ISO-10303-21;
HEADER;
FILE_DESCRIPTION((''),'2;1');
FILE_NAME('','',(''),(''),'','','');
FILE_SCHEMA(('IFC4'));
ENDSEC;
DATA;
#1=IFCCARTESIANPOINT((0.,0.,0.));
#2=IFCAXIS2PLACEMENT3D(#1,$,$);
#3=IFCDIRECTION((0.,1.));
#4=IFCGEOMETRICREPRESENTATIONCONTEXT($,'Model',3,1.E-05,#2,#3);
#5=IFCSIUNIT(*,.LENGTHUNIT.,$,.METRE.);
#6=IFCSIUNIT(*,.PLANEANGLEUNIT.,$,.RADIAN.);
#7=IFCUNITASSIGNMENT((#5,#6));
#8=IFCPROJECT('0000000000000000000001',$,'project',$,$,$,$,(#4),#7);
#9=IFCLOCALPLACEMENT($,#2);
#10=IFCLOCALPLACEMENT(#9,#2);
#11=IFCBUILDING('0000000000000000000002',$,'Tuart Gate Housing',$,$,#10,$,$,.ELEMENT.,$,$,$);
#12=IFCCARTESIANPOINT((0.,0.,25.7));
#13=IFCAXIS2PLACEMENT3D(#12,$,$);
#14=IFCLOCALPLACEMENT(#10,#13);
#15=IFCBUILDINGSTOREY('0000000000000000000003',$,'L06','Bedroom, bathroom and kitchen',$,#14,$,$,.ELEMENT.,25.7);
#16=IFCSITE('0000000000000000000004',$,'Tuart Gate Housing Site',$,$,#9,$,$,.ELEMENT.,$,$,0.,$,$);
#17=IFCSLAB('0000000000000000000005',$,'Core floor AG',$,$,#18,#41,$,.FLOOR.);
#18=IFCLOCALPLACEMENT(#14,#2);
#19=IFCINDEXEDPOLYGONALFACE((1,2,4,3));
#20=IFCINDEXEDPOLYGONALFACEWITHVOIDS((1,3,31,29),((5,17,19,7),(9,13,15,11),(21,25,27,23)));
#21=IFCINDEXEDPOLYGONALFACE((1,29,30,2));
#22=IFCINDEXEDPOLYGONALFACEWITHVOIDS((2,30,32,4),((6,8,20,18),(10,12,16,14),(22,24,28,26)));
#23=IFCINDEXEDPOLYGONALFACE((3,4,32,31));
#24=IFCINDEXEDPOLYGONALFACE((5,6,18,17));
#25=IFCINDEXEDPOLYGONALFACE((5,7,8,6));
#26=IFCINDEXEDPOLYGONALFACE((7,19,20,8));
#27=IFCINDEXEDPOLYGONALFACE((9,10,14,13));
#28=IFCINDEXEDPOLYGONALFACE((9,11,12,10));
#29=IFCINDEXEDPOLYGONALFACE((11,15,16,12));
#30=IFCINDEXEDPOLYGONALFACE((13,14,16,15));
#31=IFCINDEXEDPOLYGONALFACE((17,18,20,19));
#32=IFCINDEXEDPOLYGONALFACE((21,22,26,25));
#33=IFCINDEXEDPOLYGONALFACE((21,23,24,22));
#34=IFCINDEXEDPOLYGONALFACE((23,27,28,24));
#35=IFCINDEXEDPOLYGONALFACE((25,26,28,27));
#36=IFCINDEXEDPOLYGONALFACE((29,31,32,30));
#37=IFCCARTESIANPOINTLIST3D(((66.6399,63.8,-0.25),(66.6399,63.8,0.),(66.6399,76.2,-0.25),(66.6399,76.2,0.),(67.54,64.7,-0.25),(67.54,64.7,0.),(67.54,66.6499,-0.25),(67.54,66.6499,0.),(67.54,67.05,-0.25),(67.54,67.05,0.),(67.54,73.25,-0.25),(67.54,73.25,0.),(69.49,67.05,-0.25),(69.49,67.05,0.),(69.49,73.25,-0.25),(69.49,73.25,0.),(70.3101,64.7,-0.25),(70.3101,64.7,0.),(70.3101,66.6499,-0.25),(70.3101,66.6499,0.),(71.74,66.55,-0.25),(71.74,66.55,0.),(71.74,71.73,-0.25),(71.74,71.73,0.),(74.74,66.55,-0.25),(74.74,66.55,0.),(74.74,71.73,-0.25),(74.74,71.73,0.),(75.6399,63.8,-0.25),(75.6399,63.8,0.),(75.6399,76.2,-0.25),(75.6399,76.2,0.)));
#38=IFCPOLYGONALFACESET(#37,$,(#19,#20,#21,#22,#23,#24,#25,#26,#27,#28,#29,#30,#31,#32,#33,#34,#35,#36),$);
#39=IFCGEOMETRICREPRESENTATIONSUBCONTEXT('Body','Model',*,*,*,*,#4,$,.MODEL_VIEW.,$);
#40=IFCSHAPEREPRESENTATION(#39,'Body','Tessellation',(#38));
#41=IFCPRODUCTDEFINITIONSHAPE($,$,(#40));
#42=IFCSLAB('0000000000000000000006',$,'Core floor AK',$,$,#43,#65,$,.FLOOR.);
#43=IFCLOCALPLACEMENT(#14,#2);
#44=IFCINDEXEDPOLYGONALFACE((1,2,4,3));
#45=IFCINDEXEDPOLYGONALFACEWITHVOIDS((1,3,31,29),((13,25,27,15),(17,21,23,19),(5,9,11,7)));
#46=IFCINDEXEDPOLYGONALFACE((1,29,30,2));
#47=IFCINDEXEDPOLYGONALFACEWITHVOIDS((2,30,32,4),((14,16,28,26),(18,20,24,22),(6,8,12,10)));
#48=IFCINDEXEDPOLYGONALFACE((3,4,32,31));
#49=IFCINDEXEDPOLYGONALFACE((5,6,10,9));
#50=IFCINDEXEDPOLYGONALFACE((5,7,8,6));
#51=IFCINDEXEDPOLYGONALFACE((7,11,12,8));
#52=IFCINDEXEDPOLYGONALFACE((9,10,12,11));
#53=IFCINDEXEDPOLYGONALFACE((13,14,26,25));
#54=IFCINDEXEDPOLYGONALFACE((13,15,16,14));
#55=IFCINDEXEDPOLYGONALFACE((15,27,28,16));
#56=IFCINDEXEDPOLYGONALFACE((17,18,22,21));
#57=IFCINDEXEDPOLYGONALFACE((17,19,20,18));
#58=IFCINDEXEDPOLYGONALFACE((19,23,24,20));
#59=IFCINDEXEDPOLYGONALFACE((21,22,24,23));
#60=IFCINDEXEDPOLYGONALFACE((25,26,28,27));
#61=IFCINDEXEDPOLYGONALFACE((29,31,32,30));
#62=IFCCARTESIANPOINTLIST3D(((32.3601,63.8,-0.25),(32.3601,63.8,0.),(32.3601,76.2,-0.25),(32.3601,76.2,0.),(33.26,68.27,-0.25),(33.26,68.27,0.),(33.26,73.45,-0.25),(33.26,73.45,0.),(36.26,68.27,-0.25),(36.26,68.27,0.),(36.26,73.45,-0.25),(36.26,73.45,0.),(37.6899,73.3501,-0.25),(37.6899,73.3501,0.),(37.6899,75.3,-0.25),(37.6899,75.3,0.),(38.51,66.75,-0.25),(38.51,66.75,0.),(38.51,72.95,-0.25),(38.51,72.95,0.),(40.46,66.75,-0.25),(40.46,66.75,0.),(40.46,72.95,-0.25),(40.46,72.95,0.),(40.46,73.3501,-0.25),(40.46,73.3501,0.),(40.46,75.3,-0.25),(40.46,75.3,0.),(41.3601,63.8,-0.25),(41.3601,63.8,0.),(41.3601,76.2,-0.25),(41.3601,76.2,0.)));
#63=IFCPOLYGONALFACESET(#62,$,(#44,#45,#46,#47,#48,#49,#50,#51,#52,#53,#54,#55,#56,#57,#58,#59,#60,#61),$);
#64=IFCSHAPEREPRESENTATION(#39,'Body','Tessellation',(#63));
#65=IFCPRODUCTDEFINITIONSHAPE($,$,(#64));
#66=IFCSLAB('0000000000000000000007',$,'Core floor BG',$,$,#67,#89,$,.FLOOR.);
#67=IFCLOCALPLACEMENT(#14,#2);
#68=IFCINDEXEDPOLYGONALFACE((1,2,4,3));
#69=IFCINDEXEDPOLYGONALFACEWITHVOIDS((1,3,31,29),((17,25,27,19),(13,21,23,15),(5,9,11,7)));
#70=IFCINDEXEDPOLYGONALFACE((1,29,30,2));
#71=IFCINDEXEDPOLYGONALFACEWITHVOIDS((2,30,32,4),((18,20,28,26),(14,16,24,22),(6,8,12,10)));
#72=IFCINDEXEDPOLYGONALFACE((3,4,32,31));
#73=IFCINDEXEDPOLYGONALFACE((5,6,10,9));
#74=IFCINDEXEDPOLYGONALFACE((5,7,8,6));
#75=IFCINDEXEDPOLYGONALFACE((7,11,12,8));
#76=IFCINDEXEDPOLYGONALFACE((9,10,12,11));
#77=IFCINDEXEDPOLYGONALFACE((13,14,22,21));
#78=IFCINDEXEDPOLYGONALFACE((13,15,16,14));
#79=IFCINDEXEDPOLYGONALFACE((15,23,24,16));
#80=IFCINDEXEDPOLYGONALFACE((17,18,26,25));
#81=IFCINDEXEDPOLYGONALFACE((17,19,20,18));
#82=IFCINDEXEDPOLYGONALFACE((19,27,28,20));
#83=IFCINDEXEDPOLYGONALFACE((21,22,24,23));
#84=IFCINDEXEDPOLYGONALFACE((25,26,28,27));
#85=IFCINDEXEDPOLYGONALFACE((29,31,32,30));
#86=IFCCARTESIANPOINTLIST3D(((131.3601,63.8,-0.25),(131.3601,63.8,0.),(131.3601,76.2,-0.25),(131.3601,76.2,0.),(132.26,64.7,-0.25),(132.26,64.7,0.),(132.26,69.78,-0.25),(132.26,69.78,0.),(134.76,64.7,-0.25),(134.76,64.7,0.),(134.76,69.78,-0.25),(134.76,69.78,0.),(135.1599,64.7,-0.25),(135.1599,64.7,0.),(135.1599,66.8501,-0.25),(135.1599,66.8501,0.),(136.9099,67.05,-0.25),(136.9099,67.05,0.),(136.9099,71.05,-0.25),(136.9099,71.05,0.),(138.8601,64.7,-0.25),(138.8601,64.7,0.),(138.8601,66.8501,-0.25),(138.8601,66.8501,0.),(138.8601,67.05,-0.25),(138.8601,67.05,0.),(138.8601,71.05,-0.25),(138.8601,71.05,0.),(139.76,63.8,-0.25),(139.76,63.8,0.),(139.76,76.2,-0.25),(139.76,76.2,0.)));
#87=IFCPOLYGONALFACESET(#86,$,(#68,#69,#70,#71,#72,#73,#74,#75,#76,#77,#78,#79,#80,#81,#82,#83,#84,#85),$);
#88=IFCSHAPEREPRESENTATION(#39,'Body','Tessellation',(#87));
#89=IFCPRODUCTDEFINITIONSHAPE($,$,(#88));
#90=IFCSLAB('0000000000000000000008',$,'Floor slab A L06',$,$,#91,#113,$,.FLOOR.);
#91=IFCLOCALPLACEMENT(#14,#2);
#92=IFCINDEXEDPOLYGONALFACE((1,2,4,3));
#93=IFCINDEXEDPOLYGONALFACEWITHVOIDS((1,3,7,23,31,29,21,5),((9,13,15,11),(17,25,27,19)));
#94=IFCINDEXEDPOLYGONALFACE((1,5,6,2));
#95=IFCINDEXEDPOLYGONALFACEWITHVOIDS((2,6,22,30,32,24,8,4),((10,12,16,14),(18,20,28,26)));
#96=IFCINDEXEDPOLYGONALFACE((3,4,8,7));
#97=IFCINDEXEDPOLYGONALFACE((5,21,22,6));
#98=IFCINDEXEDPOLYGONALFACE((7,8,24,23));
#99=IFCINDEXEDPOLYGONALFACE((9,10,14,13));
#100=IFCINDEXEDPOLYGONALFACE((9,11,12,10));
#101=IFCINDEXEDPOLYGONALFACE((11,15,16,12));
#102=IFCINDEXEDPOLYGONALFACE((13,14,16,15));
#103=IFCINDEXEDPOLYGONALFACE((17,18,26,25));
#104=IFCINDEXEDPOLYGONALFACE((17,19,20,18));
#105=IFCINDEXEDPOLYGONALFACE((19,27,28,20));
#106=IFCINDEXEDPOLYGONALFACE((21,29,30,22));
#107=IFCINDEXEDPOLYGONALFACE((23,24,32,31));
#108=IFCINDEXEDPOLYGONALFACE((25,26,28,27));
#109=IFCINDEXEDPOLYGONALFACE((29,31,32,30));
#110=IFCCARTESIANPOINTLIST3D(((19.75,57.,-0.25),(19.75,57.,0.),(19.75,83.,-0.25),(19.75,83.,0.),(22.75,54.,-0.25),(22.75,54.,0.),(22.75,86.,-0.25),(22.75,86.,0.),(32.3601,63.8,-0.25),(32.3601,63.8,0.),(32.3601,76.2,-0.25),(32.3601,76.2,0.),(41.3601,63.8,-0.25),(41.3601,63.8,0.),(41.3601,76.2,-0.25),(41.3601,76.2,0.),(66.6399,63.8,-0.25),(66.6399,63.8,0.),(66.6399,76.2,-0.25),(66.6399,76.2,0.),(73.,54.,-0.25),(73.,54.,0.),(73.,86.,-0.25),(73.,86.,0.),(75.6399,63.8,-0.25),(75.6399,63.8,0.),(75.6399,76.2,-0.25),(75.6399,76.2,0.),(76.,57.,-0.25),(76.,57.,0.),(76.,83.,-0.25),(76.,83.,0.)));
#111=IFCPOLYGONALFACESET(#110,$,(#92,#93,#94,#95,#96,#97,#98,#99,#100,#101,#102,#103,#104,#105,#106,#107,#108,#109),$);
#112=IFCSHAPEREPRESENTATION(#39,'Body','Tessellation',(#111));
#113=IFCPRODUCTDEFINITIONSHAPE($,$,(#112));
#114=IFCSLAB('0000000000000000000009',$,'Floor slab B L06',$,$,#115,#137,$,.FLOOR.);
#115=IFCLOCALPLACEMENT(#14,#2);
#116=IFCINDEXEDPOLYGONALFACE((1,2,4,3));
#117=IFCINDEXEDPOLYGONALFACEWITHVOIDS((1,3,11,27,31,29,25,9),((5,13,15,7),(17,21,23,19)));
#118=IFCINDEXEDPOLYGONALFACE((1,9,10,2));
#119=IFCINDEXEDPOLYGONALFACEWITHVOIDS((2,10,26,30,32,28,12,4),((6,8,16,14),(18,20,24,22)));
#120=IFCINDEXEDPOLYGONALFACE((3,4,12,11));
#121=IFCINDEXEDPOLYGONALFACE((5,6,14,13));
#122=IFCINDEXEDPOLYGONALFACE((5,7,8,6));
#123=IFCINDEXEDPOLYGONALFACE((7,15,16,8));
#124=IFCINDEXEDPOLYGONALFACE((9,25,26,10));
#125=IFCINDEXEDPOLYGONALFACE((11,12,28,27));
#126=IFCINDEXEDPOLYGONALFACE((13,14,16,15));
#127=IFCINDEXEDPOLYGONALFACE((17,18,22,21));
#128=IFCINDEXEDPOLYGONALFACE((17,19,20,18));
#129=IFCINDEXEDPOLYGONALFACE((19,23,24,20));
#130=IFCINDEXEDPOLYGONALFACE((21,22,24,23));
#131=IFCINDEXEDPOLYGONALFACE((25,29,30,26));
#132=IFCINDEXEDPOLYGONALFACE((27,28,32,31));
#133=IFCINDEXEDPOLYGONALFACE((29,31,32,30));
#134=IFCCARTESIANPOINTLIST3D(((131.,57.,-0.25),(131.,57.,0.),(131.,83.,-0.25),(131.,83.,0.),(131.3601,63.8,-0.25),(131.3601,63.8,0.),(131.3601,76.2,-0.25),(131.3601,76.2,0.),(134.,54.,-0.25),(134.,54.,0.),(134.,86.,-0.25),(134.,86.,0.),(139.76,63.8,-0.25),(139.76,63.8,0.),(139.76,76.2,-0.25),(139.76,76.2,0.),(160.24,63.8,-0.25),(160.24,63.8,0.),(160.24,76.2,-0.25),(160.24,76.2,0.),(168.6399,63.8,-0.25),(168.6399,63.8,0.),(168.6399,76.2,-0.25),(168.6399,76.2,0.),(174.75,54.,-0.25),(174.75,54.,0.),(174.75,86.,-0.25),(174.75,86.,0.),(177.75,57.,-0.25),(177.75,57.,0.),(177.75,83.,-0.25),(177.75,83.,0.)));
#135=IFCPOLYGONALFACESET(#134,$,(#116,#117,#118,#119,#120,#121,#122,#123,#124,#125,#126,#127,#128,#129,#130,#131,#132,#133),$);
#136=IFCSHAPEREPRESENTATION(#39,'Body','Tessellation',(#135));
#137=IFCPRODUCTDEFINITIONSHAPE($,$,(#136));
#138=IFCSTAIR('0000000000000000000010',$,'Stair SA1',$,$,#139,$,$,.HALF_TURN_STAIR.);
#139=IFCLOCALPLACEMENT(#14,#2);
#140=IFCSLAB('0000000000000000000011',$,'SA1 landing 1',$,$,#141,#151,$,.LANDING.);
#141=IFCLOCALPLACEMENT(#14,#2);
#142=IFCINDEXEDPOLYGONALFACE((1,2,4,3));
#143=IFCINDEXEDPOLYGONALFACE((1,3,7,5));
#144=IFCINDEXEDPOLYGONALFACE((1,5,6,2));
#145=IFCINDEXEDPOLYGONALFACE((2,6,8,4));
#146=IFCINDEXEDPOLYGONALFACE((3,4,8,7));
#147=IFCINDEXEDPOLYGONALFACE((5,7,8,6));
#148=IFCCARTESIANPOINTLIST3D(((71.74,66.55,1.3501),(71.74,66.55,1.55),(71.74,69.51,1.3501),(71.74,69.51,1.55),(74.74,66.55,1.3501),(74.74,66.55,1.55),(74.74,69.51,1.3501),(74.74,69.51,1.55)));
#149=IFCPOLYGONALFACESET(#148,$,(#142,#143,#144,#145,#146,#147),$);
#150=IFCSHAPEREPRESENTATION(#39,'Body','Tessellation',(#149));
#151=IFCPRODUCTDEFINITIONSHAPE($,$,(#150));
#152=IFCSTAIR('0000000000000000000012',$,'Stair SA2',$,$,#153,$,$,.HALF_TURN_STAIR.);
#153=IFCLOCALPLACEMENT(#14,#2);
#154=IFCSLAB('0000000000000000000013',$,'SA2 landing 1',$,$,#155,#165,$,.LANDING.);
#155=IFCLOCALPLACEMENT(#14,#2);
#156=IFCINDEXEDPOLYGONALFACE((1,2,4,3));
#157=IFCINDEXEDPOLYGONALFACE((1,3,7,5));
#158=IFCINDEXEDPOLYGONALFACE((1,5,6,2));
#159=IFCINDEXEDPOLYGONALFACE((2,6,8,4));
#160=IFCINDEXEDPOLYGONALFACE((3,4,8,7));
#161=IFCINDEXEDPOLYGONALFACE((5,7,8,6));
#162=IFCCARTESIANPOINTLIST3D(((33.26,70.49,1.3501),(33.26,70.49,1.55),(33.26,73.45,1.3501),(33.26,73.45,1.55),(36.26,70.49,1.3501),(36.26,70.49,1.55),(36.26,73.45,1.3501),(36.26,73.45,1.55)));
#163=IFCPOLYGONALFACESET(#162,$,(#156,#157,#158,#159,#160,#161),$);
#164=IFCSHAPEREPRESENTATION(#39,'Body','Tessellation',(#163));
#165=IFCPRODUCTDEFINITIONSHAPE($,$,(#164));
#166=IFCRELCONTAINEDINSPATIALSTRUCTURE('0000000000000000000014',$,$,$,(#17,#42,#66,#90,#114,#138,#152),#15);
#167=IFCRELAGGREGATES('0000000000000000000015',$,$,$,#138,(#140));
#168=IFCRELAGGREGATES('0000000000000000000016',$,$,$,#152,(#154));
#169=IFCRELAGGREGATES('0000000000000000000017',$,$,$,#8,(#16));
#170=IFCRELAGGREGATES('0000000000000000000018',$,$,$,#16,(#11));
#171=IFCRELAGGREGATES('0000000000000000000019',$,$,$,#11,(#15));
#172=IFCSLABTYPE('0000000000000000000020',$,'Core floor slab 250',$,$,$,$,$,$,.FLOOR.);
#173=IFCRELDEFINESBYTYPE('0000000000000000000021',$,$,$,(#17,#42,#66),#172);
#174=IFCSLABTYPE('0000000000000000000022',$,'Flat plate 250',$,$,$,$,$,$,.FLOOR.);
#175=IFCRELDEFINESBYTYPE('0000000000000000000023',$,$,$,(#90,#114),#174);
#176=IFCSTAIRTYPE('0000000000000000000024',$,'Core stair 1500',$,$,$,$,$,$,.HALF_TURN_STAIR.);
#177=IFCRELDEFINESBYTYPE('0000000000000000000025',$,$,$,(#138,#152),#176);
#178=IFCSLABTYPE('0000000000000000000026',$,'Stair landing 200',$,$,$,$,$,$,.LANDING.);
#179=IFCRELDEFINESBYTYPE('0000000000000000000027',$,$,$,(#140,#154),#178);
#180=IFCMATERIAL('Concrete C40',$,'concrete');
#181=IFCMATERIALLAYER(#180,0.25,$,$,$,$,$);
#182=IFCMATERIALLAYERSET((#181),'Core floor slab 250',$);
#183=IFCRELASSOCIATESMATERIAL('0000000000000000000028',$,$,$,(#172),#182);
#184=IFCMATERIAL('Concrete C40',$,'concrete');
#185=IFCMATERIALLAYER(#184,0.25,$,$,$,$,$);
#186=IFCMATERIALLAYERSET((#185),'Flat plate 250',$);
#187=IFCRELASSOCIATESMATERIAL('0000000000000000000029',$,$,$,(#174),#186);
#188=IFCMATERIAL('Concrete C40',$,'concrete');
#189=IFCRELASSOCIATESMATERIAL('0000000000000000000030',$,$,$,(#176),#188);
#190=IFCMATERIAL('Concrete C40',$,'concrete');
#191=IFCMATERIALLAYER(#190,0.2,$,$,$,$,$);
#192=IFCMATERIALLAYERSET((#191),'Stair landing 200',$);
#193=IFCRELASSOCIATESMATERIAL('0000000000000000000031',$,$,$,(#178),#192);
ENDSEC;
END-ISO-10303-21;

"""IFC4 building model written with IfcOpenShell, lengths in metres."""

from ifc_helpers import new_model, si_unit, direction, frame, origin, place, context, subcontext, project, spatial, polyline, outline, extrude, material, layer, layer_set, type_object, element, aggregate, save


model = new_model("IFC4")

# Units and contexts
model_context = context("Model", 3, precision=1e-05, world=origin(), true_north=direction((0.0, 1.0)))
body_context = subcontext(model_context, "Body", "Model", "MODEL_VIEW")
ifc_project = project(units=[si_unit("LENGTHUNIT", "METRE"), si_unit("PLANEANGLEUNIT", "RADIAN")], contexts=[model_context])

# Site, building, storey
site_placement = place(None, origin())
site = spatial("IfcSite", under=ifc_project, at=site_placement, Name="Tuart Gate Housing Site", CompositionType="ELEMENT", RefElevation=0.0)
building_placement = place(site_placement, origin())
building = spatial("IfcBuilding", under=site, at=building_placement, Name="Tuart Gate Housing", CompositionType="ELEMENT")
storey_placement = place(building_placement, frame((0.0, 0.0, 25.7)))
storey = spatial("IfcBuildingStorey", under=building, at=storey_placement, Name="L06", Description="Bedroom, bathroom and kitchen", CompositionType="ELEMENT", Elevation=25.7)

# Slabs
ifc_material_1 = material(Name="Concrete C40", Category="concrete")
ifc_layer_1 = layer(ifc_material_1, 0.25)
ifc_layer_set_1 = layer_set([ifc_layer_1], Name="Core floor slab 250")
slab_type_1 = type_object("IfcSlabType", Name="Core floor slab 250", PredefinedType="FLOOR", material=ifc_layer_set_1)
slab_1_placement = place(storey_placement, frame((0.0, 0.0, -0.25)))
element("IfcSlab", 1, at=slab_1_placement, inside=storey, type_object=slab_type_1, Name="Core floor AG", PredefinedType="FLOOR", context=body_context, shape_type="SweptSolid", body=[
    extrude(outline(polyline([(66.6399, 63.8), (75.6399, 63.8), (75.6399, 76.2), (66.6399, 76.2), (66.6399, 63.8)]), holes=[polyline([(67.54, 64.7), (70.3101, 64.7), (70.3101, 66.6499), (67.54, 66.6499), (67.54, 64.7)]), polyline([(67.54, 67.05), (69.49, 67.05), (69.49, 73.25), (67.54, 73.25), (67.54, 67.05)]), polyline([(71.74, 66.55), (74.74, 66.55), (74.74, 71.73), (71.74, 71.73), (71.74, 66.55)])]), origin(), (0.0, 0.0, 1.0), 0.25),
])
slab_2_placement = place(storey_placement, frame((0.0, 0.0, -0.25)))
element("IfcSlab", 2, at=slab_2_placement, inside=storey, type_object=slab_type_1, Name="Core floor AK", PredefinedType="FLOOR", context=body_context, shape_type="SweptSolid", body=[
    extrude(outline(polyline([(32.3601, 63.8), (41.3601, 63.8), (41.3601, 76.2), (32.3601, 76.2), (32.3601, 63.8)]), holes=[polyline([(40.46, 75.3), (37.6899, 75.3), (37.6899, 73.3501), (40.46, 73.3501), (40.46, 75.3)]), polyline([(40.46, 72.95), (38.51, 72.95), (38.51, 66.75), (40.46, 66.75), (40.46, 72.95)]), polyline([(36.26, 73.45), (33.26, 73.45), (33.26, 68.27), (36.26, 68.27), (36.26, 73.45)])]), origin(), (0.0, 0.0, 1.0), 0.25),
])
slab_3_placement = place(storey_placement, frame((0.0, 0.0, -0.25)))
element("IfcSlab", 3, at=slab_3_placement, inside=storey, type_object=slab_type_1, Name="Core floor BG", PredefinedType="FLOOR", context=body_context, shape_type="SweptSolid", body=[
    extrude(outline(polyline([(131.3601, 63.8), (139.76, 63.8), (139.76, 76.2), (131.3601, 76.2), (131.3601, 63.8)]), holes=[polyline([(138.8601, 66.8501), (135.1599, 66.8501), (135.1599, 64.7), (138.8601, 64.7), (138.8601, 66.8501)]), polyline([(138.8601, 71.05), (136.9099, 71.05), (136.9099, 67.05), (138.8601, 67.05), (138.8601, 71.05)]), polyline([(134.76, 69.78), (132.26, 69.78), (132.26, 64.7), (134.76, 64.7), (134.76, 69.78)])]), origin(), (0.0, 0.0, 1.0), 0.25),
])
ifc_material_2 = material(Name="Concrete C40", Category="concrete")
ifc_layer_2 = layer(ifc_material_2, 0.25)
ifc_layer_set_2 = layer_set([ifc_layer_2], Name="Flat plate 250")
slab_type_2 = type_object("IfcSlabType", Name="Flat plate 250", PredefinedType="FLOOR", material=ifc_layer_set_2)
slab_4_placement = place(storey_placement, frame((0.0, 0.0, -0.25)))
element("IfcSlab", 4, at=slab_4_placement, inside=storey, type_object=slab_type_2, Name="Floor slab A L06", PredefinedType="FLOOR", context=body_context, shape_type="SweptSolid", body=[
    extrude(outline(polyline([(22.75, 86.0), (19.75, 83.0), (19.75, 57.0), (22.75, 54.0), (73.0, 54.0), (76.0, 57.0), (76.0, 83.0), (73.0, 86.0), (22.75, 86.0)]), holes=[polyline([(66.6399, 76.2), (75.6399, 76.2), (75.6399, 63.8), (66.6399, 63.8), (66.6399, 76.2)]), polyline([(41.3601, 76.2), (41.3601, 63.8), (32.3601, 63.8), (32.3601, 76.2), (41.3601, 76.2)])]), origin(), (0.0, 0.0, 1.0), 0.25),
])
slab_5_placement = place(storey_placement, frame((0.0, 0.0, -0.25)))
element("IfcSlab", 5, at=slab_5_placement, inside=storey, type_object=slab_type_2, Name="Floor slab B L06", PredefinedType="FLOOR", context=body_context, shape_type="SweptSolid", body=[
    extrude(outline(polyline([(134.0, 86.0), (131.0, 83.0), (131.0, 57.0), (134.0, 54.0), (174.75, 54.0), (177.75, 57.0), (177.75, 83.0), (174.75, 86.0), (134.0, 86.0)]), holes=[polyline([(131.3601, 76.2), (139.76, 76.2), (139.76, 63.8), (131.3601, 63.8), (131.3601, 76.2)]), polyline([(168.6399, 76.2), (168.6399, 63.8), (160.24, 63.8), (160.24, 76.2), (168.6399, 76.2)])]), origin(), (0.0, 0.0, 1.0), 0.25),
])

# Stairs, slabs
ifc_material_3 = material(Name="Concrete C40", Category="concrete")
stair_type = type_object("IfcStairType", Name="Core stair 1500", PredefinedType="HALF_TURN_STAIR", material=ifc_material_3)
stair_1_placement = place(storey_placement, origin())
stair_1 = element("IfcStair", 6, at=stair_1_placement, inside=storey, type_object=stair_type, Name="Stair SA1", PredefinedType="HALF_TURN_STAIR")
ifc_material_4 = material(Name="Concrete C40", Category="concrete")
ifc_layer_3 = layer(ifc_material_4, 0.2)
ifc_layer_set_3 = layer_set([ifc_layer_3], Name="Stair landing 200")
slab_type_3 = type_object("IfcSlabType", Name="Stair landing 200", PredefinedType="LANDING", material=ifc_layer_set_3)
slab_6_placement = place(storey_placement, frame((0.0, 0.0, 1.3501)))
slab_6 = element("IfcSlab", 7, at=slab_6_placement, type_object=slab_type_3, Name="SA1 landing 1", PredefinedType="LANDING", context=body_context, shape_type="SweptSolid", body=[
    extrude(outline(polyline([(71.74, 66.55), (74.74, 66.55), (74.74, 69.51), (71.74, 69.51), (71.74, 66.55)])), origin(), (0.0, 0.0, 1.0), 0.2),
])
aggregate(stair_1, [slab_6])
stair_2_placement = place(storey_placement, origin())
stair_2 = element("IfcStair", 8, at=stair_2_placement, inside=storey, type_object=stair_type, Name="Stair SA2", PredefinedType="HALF_TURN_STAIR")
slab_7_placement = place(storey_placement, frame((0.0, 0.0, 1.3501)))
slab_7 = element("IfcSlab", 9, at=slab_7_placement, type_object=slab_type_3, Name="SA2 landing 1", PredefinedType="LANDING", context=body_context, shape_type="SweptSolid", body=[
    extrude(outline(polyline([(36.26, 73.45), (33.26, 73.45), (33.26, 70.49), (36.26, 70.49), (36.26, 73.45)])), origin(), (0.0, 0.0, 1.0), 0.2),
])
aggregate(stair_2, [slab_7])

save(model, "model.ifc")
